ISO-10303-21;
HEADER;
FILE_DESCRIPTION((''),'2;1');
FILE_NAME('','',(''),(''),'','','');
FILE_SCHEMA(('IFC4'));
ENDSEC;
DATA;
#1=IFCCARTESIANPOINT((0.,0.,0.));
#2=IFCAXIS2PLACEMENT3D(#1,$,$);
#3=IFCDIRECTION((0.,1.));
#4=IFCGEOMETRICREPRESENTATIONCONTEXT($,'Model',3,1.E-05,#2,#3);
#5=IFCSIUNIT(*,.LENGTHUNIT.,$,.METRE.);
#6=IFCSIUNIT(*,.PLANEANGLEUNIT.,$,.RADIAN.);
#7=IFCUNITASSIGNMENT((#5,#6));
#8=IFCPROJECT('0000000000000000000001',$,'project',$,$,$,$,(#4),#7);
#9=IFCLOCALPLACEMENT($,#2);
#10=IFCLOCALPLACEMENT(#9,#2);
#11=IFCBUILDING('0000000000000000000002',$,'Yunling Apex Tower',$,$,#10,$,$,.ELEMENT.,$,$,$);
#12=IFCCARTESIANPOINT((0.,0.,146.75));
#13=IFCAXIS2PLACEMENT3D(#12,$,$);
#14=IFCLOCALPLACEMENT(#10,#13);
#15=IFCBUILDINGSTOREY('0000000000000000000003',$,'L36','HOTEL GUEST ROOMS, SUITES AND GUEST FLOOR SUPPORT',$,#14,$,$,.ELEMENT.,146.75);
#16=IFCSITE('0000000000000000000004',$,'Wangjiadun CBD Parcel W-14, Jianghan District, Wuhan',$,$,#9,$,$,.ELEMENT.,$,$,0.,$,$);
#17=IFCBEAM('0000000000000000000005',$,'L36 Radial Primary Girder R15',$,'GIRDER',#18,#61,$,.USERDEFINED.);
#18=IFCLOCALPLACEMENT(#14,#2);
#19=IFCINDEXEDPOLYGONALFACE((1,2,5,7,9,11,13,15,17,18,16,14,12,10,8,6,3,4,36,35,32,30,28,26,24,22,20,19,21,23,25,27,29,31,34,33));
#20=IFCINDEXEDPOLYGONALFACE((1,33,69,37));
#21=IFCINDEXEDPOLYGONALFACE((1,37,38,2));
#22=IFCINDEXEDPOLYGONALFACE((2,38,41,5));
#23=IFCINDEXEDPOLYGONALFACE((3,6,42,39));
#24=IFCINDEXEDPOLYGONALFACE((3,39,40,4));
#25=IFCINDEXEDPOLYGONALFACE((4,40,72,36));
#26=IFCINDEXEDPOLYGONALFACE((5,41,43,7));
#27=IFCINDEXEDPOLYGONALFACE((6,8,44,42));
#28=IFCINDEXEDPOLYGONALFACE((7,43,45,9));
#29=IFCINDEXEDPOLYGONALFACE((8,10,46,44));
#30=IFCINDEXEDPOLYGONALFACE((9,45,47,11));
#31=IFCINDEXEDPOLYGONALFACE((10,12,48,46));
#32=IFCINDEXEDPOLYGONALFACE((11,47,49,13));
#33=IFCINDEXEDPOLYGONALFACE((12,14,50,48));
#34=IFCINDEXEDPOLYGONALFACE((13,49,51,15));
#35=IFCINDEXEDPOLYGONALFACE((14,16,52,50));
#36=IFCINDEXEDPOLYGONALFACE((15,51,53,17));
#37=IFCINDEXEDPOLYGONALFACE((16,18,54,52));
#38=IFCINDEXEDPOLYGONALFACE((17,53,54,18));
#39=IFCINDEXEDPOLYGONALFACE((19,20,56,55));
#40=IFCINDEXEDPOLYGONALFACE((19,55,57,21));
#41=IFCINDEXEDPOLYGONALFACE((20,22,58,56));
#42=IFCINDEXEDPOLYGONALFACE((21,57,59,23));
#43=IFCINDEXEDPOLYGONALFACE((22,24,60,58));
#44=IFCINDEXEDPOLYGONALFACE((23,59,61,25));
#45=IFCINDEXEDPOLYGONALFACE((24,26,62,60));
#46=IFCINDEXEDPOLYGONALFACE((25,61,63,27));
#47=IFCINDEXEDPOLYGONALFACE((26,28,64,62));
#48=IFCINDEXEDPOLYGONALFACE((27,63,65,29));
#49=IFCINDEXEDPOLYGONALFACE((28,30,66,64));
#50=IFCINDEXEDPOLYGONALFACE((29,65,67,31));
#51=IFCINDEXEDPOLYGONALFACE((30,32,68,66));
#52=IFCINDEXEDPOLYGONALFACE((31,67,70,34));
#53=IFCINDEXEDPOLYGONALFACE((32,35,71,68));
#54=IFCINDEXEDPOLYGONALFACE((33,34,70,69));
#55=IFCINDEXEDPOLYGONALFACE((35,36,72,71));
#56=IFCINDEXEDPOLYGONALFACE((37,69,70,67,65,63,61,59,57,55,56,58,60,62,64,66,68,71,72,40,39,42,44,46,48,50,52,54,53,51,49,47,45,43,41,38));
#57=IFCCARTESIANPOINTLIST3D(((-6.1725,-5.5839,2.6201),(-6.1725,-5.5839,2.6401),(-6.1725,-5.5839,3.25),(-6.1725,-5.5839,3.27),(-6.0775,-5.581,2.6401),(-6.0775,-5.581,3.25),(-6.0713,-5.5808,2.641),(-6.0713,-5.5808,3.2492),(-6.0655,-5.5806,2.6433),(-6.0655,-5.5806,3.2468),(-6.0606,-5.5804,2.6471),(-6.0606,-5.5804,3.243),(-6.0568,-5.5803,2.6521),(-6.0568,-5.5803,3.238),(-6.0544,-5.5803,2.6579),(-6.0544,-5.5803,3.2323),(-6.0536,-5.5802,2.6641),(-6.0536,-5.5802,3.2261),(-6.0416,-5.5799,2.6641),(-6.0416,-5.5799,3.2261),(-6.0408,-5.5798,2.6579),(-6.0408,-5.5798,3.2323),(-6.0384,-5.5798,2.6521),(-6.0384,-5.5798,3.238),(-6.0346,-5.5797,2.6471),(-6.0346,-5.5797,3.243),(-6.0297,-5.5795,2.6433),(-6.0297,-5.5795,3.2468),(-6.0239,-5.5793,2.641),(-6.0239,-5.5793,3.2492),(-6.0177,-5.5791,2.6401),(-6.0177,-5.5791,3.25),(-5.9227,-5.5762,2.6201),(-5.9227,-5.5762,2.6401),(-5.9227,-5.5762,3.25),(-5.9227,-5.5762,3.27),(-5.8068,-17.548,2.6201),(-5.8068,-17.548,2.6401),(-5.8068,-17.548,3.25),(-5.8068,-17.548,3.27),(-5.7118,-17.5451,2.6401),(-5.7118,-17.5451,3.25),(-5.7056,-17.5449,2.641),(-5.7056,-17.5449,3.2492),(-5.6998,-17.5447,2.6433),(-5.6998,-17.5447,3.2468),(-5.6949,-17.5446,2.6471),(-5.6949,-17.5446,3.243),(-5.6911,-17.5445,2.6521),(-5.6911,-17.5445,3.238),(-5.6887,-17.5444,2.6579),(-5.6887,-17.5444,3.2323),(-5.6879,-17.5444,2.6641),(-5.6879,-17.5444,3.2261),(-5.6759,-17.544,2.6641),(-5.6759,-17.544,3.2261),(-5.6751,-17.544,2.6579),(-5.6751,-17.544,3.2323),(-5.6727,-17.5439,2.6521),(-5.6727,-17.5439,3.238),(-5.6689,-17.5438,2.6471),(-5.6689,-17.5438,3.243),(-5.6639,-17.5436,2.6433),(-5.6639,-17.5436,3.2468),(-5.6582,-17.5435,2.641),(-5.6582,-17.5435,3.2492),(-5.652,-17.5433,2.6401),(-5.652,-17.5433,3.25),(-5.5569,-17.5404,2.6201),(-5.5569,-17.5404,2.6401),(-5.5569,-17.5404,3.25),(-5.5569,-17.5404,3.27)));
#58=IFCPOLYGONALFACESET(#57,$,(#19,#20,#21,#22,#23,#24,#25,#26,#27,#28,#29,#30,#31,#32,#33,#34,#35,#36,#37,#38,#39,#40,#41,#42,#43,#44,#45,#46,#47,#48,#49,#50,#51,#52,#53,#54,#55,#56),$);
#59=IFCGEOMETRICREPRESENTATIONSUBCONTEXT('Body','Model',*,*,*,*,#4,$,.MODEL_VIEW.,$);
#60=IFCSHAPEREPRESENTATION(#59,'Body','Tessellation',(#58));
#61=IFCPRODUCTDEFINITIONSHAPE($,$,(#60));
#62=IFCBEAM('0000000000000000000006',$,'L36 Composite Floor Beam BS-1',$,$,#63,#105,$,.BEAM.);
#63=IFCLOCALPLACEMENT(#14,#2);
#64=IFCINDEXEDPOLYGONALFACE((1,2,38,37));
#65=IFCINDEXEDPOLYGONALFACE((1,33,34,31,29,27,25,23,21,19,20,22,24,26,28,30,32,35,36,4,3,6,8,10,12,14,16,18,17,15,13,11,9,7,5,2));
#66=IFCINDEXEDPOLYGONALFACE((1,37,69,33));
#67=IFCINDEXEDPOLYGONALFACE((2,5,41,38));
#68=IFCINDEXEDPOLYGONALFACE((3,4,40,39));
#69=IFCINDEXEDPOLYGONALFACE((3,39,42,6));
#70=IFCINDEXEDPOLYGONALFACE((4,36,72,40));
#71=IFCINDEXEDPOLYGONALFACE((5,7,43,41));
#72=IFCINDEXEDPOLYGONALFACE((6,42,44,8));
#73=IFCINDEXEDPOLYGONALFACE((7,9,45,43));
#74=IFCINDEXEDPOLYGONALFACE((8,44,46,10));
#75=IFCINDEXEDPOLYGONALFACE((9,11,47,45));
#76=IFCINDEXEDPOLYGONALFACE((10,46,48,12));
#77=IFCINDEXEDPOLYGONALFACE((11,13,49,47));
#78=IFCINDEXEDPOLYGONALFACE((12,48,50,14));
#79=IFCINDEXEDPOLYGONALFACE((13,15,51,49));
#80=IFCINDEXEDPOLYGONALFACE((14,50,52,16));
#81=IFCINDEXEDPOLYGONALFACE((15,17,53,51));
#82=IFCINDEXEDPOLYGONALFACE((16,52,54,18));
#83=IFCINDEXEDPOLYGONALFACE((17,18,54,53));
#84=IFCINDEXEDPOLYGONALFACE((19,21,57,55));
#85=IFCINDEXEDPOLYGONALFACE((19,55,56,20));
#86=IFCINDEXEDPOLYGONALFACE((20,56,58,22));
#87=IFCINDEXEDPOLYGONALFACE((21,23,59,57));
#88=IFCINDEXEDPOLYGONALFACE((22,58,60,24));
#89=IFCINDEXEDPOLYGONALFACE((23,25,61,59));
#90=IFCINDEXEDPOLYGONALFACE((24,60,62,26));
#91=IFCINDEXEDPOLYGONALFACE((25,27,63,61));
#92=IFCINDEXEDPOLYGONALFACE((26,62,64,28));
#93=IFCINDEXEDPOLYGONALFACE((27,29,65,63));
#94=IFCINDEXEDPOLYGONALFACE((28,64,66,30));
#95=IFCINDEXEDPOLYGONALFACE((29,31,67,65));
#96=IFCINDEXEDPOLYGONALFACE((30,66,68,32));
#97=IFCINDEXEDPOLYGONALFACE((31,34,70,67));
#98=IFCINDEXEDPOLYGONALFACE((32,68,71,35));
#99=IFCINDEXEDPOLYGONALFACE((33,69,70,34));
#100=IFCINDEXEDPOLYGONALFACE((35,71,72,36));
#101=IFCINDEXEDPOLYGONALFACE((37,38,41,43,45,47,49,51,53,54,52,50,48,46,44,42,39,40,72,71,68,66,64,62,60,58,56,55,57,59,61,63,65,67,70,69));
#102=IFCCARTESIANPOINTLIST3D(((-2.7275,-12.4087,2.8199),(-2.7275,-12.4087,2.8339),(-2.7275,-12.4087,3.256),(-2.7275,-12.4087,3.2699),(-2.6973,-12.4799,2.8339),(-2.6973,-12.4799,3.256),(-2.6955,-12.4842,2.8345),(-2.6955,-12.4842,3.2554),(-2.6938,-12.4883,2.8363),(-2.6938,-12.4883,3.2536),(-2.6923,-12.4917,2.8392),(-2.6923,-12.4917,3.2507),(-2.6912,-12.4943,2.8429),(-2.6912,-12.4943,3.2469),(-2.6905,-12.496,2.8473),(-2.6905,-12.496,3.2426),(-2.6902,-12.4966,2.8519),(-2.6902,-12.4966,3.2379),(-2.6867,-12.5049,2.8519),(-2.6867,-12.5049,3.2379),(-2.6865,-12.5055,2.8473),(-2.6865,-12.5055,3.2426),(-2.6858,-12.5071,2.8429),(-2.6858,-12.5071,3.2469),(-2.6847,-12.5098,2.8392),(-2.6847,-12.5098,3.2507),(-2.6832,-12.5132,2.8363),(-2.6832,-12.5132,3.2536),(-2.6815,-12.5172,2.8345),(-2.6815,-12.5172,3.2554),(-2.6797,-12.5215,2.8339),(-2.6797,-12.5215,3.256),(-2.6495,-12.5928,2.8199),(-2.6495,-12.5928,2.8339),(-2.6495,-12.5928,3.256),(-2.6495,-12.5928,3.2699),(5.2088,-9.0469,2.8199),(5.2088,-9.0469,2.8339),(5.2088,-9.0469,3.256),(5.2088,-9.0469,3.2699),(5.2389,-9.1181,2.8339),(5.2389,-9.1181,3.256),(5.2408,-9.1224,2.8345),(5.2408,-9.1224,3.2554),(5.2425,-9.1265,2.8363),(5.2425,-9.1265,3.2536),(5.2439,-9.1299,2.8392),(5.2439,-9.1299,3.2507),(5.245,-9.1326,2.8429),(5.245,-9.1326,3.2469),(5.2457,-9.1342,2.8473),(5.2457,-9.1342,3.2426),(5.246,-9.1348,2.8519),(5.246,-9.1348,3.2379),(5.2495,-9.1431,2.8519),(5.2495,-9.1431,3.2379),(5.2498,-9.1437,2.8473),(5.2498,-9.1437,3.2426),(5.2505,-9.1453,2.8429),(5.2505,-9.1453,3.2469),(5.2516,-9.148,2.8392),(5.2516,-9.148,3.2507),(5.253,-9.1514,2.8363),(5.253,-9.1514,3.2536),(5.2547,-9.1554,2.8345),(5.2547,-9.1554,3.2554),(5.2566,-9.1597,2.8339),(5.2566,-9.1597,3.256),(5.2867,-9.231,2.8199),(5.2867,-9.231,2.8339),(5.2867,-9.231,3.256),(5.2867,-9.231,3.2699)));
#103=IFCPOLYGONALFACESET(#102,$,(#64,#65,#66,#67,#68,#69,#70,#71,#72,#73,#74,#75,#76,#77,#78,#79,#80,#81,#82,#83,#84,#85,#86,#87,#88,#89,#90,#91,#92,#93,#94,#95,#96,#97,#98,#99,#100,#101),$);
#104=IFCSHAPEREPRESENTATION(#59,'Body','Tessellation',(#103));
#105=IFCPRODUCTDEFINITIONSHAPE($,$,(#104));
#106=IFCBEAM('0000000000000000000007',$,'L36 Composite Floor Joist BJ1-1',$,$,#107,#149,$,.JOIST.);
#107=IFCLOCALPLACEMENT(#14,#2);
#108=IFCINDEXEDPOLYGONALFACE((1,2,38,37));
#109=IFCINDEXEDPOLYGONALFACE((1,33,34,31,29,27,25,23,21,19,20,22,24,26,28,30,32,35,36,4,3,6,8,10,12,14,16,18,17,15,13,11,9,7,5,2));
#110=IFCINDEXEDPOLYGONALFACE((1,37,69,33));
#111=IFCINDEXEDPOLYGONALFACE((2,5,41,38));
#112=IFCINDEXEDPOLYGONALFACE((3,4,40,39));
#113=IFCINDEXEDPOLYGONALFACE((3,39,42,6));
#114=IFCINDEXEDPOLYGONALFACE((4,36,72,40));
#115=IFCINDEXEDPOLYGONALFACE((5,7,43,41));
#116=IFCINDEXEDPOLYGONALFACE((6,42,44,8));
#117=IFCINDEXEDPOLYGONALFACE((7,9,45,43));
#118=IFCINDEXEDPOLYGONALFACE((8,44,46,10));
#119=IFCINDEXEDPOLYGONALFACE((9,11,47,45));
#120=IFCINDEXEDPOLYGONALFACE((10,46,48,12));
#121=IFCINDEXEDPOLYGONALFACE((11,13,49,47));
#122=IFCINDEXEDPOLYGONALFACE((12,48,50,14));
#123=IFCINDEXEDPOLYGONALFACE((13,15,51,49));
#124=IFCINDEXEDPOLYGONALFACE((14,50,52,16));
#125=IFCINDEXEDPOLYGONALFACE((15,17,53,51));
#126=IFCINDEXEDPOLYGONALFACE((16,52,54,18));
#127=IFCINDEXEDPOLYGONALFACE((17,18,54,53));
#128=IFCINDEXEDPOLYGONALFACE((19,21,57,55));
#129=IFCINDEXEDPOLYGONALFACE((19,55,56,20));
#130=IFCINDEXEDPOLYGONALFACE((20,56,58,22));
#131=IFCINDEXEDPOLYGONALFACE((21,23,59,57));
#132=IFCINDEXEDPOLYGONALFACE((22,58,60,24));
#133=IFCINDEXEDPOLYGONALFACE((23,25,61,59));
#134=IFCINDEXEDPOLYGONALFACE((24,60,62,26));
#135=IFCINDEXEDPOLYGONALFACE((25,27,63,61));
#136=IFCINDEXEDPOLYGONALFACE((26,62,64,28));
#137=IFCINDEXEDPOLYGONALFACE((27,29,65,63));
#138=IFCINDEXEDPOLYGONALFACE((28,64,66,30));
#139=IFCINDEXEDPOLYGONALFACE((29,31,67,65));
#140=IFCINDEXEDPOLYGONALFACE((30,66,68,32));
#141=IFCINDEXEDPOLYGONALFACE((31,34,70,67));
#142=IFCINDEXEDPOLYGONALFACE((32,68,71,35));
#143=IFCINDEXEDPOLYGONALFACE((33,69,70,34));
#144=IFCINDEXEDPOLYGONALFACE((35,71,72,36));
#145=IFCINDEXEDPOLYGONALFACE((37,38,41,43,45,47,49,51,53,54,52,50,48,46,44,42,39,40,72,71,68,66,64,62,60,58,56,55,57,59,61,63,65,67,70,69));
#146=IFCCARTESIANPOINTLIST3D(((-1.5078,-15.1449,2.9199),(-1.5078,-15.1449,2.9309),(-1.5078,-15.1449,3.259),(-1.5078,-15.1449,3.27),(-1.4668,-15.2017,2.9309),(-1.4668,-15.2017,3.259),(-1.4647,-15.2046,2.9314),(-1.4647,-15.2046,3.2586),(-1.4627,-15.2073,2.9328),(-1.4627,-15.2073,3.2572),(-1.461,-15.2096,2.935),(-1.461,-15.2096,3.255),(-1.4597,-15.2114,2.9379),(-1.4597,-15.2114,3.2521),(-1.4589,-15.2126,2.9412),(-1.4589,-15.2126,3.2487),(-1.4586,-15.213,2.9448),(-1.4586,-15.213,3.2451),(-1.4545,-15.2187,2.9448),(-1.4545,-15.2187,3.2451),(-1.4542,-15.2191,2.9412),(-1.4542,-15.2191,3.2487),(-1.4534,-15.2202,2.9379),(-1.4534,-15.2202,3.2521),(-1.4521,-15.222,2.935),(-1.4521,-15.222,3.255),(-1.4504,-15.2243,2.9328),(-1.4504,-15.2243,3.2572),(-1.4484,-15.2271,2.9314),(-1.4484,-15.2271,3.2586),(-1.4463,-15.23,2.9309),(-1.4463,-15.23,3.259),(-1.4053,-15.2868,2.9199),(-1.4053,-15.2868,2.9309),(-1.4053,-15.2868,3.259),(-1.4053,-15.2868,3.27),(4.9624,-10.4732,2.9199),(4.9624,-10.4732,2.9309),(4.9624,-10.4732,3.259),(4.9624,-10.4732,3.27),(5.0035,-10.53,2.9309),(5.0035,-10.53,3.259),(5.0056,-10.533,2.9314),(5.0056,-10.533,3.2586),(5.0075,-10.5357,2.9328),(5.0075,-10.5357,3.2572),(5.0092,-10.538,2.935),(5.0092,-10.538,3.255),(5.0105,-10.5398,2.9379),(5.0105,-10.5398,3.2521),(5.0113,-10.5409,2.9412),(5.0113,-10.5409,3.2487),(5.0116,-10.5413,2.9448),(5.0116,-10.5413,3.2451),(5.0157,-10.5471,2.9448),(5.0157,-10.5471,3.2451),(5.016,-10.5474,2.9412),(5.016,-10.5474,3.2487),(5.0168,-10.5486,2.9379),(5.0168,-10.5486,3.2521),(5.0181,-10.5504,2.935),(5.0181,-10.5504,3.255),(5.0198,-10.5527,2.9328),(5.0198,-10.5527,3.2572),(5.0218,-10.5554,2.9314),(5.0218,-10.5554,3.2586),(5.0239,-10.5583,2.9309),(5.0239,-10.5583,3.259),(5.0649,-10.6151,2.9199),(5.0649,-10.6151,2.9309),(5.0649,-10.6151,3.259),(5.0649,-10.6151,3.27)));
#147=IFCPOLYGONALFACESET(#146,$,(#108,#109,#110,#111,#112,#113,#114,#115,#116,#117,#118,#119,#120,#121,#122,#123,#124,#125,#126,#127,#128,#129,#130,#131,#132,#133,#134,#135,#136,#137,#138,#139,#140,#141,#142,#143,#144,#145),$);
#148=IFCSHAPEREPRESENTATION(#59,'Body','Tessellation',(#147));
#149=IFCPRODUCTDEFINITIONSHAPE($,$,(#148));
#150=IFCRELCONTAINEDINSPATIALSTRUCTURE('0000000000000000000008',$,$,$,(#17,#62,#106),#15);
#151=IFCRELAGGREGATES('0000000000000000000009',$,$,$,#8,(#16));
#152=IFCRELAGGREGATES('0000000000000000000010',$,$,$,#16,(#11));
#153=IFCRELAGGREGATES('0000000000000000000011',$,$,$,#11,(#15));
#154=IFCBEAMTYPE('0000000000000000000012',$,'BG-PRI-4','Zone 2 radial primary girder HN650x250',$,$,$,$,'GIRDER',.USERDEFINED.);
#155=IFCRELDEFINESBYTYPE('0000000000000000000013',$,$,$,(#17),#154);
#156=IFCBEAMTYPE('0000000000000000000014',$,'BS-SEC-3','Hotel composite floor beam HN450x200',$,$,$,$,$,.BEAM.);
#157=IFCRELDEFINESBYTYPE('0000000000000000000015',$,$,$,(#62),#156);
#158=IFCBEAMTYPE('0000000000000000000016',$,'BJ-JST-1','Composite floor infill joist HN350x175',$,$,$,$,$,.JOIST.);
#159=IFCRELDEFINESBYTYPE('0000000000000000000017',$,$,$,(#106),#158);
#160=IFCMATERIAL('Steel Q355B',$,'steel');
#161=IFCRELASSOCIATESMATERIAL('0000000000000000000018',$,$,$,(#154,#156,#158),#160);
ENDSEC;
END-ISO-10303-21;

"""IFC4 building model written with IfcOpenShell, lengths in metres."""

from ifc_helpers import new_model, si_unit, direction, frame, origin, origin_2d, place, context, subcontext, project, spatial, i_section, extrude, source, transform, mapped, material, material_profile, profile_set, type_object, element, save


model = new_model("IFC4")

# Units and contexts
model_context = context("Model", 3, precision=1e-05, world=origin(), true_north=direction((0.0, 1.0)))
body_context = subcontext(model_context, "Body", "Model", "MODEL_VIEW")
ifc_project = project(units=[si_unit("LENGTHUNIT", "METRE"), si_unit("PLANEANGLEUNIT", "RADIAN")], contexts=[model_context])

# Site, building, storey
site_placement = place(None, origin())
site = spatial("IfcSite", under=ifc_project, at=site_placement, Name="Wangjiadun CBD Parcel W-14, Jianghan District, Wuhan", CompositionType="ELEMENT", RefElevation=0.0)
building_placement = place(site_placement, origin())
building = spatial("IfcBuilding", under=site, at=building_placement, Name="Yunling Apex Tower", CompositionType="ELEMENT")
storey_placement = place(building_placement, frame((0.0, 0.0, 146.75)))
storey = spatial("IfcBuildingStorey", under=building, at=storey_placement, Name="L36", Description="HOTEL GUEST ROOMS, SUITES AND GUEST FLOOR SUPPORT", CompositionType="ELEMENT", Elevation=146.75)

# Beams
ifc_material_1 = material(Name="Steel Q355B", Category="steel")
ifc_material_profile_1 = material_profile(ifc_material_1, i_section(OverallWidth=0.25, OverallDepth=0.6499, WebThickness=0.012, FlangeThickness=0.02, FilletRadius=0.0239, at=origin_2d()))
ifc_profile_set_1 = profile_set([ifc_material_profile_1], Name="Steel Q355B")
beam_type_1 = type_object("IfcBeamType", Name="BG-PRI-4", Description="Zone 2 radial primary girder HN650x250", ElementType="GIRDER", PredefinedType="USERDEFINED", material=ifc_profile_set_1)
shared_shape_1 = source(origin(), body_context, "Body", "SweptSolid", [
    extrude(i_section(OverallWidth=0.25, OverallDepth=0.6499, WebThickness=0.012, FlangeThickness=0.02, FilletRadius=0.0239, at=origin_2d()), origin(), (0.0, 0.0, 1.0), 11.9697),
])
beam_1_placement = place(storey_placement, frame((-5.6819, -17.5442, 2.9451), z_axis=(-0.030554, 0.999533, 0.0), x_axis=(-0.999533, -0.030554, 0.0)))
element("IfcBeam", 1, at=beam_1_placement, inside=storey, type_object=beam_type_1, Name="L36 Radial Primary Girder R15", ObjectType="GIRDER", PredefinedType="USERDEFINED", context=body_context, shape_type="MappedRepresentation", body=[
    mapped(shared_shape_1, transform((0.0, 0.0, 0.0), scale=1.0)),
])
ifc_material_profile_2 = material_profile(ifc_material_1, i_section(OverallWidth=0.2, OverallDepth=0.45, WebThickness=0.009, FlangeThickness=0.0139, FilletRadius=0.0181, at=origin_2d()))
ifc_profile_set_2 = profile_set([ifc_material_profile_2], Name="Steel Q355B")
beam_type_2 = type_object("IfcBeamType", Name="BS-SEC-3", Description="Hotel composite floor beam HN450x200", PredefinedType="BEAM", material=ifc_profile_set_2)
shared_shape_2 = source(origin(), body_context, "Body", "SweptSolid", [
    extrude(i_section(OverallWidth=0.2, OverallDepth=0.45, WebThickness=0.009, FlangeThickness=0.0139, FilletRadius=0.0181, at=origin_2d()), origin(), (0.0, 0.0, 1.0), 8.6189),
])
beam_2_placement = place(storey_placement, frame((-2.6885, -12.5007, 3.0449), z_axis=(0.920794, 0.390049, 0.0), x_axis=(-0.390049, 0.920794, 0.0)))
element("IfcBeam", 2, at=beam_2_placement, inside=storey, type_object=beam_type_2, Name="L36 Composite Floor Beam BS-1", PredefinedType="BEAM", context=body_context, shape_type="MappedRepresentation", body=[
    mapped(shared_shape_2, transform((0.0, 0.0, 0.0), scale=1.0)),
])
ifc_material_profile_3 = material_profile(ifc_material_1, i_section(OverallWidth=0.175, OverallDepth=0.3501, WebThickness=0.0071, FlangeThickness=0.011, FilletRadius=0.0139, at=origin_2d()))
ifc_profile_set_3 = profile_set([ifc_material_profile_3], Name="Steel Q355B")
beam_type_3 = type_object("IfcBeamType", Name="BJ-JST-1", Description="Composite floor infill joist HN350x175", PredefinedType="JOIST", material=ifc_profile_set_3)
shared_shape_3 = source(origin(), body_context, "Body", "SweptSolid", [
    extrude(i_section(OverallWidth=0.175, OverallDepth=0.3501, WebThickness=0.0071, FlangeThickness=0.011, FilletRadius=0.0139, at=origin_2d()), origin(), (0.0, 0.0, 1.0), 7.9805),
])
beam_3_placement = place(storey_placement, frame((-1.4565, -15.2158, 3.095), z_axis=(0.810757, 0.585383, 0.0), x_axis=(-0.585383, 0.810757, 0.0)))
element("IfcBeam", 3, at=beam_3_placement, inside=storey, type_object=beam_type_3, Name="L36 Composite Floor Joist BJ1-1", PredefinedType="JOIST", context=body_context, shape_type="MappedRepresentation", body=[
    mapped(shared_shape_3, transform((0.0, 0.0, 0.0), scale=1.0)),
])

save(model, "model.ifc")
